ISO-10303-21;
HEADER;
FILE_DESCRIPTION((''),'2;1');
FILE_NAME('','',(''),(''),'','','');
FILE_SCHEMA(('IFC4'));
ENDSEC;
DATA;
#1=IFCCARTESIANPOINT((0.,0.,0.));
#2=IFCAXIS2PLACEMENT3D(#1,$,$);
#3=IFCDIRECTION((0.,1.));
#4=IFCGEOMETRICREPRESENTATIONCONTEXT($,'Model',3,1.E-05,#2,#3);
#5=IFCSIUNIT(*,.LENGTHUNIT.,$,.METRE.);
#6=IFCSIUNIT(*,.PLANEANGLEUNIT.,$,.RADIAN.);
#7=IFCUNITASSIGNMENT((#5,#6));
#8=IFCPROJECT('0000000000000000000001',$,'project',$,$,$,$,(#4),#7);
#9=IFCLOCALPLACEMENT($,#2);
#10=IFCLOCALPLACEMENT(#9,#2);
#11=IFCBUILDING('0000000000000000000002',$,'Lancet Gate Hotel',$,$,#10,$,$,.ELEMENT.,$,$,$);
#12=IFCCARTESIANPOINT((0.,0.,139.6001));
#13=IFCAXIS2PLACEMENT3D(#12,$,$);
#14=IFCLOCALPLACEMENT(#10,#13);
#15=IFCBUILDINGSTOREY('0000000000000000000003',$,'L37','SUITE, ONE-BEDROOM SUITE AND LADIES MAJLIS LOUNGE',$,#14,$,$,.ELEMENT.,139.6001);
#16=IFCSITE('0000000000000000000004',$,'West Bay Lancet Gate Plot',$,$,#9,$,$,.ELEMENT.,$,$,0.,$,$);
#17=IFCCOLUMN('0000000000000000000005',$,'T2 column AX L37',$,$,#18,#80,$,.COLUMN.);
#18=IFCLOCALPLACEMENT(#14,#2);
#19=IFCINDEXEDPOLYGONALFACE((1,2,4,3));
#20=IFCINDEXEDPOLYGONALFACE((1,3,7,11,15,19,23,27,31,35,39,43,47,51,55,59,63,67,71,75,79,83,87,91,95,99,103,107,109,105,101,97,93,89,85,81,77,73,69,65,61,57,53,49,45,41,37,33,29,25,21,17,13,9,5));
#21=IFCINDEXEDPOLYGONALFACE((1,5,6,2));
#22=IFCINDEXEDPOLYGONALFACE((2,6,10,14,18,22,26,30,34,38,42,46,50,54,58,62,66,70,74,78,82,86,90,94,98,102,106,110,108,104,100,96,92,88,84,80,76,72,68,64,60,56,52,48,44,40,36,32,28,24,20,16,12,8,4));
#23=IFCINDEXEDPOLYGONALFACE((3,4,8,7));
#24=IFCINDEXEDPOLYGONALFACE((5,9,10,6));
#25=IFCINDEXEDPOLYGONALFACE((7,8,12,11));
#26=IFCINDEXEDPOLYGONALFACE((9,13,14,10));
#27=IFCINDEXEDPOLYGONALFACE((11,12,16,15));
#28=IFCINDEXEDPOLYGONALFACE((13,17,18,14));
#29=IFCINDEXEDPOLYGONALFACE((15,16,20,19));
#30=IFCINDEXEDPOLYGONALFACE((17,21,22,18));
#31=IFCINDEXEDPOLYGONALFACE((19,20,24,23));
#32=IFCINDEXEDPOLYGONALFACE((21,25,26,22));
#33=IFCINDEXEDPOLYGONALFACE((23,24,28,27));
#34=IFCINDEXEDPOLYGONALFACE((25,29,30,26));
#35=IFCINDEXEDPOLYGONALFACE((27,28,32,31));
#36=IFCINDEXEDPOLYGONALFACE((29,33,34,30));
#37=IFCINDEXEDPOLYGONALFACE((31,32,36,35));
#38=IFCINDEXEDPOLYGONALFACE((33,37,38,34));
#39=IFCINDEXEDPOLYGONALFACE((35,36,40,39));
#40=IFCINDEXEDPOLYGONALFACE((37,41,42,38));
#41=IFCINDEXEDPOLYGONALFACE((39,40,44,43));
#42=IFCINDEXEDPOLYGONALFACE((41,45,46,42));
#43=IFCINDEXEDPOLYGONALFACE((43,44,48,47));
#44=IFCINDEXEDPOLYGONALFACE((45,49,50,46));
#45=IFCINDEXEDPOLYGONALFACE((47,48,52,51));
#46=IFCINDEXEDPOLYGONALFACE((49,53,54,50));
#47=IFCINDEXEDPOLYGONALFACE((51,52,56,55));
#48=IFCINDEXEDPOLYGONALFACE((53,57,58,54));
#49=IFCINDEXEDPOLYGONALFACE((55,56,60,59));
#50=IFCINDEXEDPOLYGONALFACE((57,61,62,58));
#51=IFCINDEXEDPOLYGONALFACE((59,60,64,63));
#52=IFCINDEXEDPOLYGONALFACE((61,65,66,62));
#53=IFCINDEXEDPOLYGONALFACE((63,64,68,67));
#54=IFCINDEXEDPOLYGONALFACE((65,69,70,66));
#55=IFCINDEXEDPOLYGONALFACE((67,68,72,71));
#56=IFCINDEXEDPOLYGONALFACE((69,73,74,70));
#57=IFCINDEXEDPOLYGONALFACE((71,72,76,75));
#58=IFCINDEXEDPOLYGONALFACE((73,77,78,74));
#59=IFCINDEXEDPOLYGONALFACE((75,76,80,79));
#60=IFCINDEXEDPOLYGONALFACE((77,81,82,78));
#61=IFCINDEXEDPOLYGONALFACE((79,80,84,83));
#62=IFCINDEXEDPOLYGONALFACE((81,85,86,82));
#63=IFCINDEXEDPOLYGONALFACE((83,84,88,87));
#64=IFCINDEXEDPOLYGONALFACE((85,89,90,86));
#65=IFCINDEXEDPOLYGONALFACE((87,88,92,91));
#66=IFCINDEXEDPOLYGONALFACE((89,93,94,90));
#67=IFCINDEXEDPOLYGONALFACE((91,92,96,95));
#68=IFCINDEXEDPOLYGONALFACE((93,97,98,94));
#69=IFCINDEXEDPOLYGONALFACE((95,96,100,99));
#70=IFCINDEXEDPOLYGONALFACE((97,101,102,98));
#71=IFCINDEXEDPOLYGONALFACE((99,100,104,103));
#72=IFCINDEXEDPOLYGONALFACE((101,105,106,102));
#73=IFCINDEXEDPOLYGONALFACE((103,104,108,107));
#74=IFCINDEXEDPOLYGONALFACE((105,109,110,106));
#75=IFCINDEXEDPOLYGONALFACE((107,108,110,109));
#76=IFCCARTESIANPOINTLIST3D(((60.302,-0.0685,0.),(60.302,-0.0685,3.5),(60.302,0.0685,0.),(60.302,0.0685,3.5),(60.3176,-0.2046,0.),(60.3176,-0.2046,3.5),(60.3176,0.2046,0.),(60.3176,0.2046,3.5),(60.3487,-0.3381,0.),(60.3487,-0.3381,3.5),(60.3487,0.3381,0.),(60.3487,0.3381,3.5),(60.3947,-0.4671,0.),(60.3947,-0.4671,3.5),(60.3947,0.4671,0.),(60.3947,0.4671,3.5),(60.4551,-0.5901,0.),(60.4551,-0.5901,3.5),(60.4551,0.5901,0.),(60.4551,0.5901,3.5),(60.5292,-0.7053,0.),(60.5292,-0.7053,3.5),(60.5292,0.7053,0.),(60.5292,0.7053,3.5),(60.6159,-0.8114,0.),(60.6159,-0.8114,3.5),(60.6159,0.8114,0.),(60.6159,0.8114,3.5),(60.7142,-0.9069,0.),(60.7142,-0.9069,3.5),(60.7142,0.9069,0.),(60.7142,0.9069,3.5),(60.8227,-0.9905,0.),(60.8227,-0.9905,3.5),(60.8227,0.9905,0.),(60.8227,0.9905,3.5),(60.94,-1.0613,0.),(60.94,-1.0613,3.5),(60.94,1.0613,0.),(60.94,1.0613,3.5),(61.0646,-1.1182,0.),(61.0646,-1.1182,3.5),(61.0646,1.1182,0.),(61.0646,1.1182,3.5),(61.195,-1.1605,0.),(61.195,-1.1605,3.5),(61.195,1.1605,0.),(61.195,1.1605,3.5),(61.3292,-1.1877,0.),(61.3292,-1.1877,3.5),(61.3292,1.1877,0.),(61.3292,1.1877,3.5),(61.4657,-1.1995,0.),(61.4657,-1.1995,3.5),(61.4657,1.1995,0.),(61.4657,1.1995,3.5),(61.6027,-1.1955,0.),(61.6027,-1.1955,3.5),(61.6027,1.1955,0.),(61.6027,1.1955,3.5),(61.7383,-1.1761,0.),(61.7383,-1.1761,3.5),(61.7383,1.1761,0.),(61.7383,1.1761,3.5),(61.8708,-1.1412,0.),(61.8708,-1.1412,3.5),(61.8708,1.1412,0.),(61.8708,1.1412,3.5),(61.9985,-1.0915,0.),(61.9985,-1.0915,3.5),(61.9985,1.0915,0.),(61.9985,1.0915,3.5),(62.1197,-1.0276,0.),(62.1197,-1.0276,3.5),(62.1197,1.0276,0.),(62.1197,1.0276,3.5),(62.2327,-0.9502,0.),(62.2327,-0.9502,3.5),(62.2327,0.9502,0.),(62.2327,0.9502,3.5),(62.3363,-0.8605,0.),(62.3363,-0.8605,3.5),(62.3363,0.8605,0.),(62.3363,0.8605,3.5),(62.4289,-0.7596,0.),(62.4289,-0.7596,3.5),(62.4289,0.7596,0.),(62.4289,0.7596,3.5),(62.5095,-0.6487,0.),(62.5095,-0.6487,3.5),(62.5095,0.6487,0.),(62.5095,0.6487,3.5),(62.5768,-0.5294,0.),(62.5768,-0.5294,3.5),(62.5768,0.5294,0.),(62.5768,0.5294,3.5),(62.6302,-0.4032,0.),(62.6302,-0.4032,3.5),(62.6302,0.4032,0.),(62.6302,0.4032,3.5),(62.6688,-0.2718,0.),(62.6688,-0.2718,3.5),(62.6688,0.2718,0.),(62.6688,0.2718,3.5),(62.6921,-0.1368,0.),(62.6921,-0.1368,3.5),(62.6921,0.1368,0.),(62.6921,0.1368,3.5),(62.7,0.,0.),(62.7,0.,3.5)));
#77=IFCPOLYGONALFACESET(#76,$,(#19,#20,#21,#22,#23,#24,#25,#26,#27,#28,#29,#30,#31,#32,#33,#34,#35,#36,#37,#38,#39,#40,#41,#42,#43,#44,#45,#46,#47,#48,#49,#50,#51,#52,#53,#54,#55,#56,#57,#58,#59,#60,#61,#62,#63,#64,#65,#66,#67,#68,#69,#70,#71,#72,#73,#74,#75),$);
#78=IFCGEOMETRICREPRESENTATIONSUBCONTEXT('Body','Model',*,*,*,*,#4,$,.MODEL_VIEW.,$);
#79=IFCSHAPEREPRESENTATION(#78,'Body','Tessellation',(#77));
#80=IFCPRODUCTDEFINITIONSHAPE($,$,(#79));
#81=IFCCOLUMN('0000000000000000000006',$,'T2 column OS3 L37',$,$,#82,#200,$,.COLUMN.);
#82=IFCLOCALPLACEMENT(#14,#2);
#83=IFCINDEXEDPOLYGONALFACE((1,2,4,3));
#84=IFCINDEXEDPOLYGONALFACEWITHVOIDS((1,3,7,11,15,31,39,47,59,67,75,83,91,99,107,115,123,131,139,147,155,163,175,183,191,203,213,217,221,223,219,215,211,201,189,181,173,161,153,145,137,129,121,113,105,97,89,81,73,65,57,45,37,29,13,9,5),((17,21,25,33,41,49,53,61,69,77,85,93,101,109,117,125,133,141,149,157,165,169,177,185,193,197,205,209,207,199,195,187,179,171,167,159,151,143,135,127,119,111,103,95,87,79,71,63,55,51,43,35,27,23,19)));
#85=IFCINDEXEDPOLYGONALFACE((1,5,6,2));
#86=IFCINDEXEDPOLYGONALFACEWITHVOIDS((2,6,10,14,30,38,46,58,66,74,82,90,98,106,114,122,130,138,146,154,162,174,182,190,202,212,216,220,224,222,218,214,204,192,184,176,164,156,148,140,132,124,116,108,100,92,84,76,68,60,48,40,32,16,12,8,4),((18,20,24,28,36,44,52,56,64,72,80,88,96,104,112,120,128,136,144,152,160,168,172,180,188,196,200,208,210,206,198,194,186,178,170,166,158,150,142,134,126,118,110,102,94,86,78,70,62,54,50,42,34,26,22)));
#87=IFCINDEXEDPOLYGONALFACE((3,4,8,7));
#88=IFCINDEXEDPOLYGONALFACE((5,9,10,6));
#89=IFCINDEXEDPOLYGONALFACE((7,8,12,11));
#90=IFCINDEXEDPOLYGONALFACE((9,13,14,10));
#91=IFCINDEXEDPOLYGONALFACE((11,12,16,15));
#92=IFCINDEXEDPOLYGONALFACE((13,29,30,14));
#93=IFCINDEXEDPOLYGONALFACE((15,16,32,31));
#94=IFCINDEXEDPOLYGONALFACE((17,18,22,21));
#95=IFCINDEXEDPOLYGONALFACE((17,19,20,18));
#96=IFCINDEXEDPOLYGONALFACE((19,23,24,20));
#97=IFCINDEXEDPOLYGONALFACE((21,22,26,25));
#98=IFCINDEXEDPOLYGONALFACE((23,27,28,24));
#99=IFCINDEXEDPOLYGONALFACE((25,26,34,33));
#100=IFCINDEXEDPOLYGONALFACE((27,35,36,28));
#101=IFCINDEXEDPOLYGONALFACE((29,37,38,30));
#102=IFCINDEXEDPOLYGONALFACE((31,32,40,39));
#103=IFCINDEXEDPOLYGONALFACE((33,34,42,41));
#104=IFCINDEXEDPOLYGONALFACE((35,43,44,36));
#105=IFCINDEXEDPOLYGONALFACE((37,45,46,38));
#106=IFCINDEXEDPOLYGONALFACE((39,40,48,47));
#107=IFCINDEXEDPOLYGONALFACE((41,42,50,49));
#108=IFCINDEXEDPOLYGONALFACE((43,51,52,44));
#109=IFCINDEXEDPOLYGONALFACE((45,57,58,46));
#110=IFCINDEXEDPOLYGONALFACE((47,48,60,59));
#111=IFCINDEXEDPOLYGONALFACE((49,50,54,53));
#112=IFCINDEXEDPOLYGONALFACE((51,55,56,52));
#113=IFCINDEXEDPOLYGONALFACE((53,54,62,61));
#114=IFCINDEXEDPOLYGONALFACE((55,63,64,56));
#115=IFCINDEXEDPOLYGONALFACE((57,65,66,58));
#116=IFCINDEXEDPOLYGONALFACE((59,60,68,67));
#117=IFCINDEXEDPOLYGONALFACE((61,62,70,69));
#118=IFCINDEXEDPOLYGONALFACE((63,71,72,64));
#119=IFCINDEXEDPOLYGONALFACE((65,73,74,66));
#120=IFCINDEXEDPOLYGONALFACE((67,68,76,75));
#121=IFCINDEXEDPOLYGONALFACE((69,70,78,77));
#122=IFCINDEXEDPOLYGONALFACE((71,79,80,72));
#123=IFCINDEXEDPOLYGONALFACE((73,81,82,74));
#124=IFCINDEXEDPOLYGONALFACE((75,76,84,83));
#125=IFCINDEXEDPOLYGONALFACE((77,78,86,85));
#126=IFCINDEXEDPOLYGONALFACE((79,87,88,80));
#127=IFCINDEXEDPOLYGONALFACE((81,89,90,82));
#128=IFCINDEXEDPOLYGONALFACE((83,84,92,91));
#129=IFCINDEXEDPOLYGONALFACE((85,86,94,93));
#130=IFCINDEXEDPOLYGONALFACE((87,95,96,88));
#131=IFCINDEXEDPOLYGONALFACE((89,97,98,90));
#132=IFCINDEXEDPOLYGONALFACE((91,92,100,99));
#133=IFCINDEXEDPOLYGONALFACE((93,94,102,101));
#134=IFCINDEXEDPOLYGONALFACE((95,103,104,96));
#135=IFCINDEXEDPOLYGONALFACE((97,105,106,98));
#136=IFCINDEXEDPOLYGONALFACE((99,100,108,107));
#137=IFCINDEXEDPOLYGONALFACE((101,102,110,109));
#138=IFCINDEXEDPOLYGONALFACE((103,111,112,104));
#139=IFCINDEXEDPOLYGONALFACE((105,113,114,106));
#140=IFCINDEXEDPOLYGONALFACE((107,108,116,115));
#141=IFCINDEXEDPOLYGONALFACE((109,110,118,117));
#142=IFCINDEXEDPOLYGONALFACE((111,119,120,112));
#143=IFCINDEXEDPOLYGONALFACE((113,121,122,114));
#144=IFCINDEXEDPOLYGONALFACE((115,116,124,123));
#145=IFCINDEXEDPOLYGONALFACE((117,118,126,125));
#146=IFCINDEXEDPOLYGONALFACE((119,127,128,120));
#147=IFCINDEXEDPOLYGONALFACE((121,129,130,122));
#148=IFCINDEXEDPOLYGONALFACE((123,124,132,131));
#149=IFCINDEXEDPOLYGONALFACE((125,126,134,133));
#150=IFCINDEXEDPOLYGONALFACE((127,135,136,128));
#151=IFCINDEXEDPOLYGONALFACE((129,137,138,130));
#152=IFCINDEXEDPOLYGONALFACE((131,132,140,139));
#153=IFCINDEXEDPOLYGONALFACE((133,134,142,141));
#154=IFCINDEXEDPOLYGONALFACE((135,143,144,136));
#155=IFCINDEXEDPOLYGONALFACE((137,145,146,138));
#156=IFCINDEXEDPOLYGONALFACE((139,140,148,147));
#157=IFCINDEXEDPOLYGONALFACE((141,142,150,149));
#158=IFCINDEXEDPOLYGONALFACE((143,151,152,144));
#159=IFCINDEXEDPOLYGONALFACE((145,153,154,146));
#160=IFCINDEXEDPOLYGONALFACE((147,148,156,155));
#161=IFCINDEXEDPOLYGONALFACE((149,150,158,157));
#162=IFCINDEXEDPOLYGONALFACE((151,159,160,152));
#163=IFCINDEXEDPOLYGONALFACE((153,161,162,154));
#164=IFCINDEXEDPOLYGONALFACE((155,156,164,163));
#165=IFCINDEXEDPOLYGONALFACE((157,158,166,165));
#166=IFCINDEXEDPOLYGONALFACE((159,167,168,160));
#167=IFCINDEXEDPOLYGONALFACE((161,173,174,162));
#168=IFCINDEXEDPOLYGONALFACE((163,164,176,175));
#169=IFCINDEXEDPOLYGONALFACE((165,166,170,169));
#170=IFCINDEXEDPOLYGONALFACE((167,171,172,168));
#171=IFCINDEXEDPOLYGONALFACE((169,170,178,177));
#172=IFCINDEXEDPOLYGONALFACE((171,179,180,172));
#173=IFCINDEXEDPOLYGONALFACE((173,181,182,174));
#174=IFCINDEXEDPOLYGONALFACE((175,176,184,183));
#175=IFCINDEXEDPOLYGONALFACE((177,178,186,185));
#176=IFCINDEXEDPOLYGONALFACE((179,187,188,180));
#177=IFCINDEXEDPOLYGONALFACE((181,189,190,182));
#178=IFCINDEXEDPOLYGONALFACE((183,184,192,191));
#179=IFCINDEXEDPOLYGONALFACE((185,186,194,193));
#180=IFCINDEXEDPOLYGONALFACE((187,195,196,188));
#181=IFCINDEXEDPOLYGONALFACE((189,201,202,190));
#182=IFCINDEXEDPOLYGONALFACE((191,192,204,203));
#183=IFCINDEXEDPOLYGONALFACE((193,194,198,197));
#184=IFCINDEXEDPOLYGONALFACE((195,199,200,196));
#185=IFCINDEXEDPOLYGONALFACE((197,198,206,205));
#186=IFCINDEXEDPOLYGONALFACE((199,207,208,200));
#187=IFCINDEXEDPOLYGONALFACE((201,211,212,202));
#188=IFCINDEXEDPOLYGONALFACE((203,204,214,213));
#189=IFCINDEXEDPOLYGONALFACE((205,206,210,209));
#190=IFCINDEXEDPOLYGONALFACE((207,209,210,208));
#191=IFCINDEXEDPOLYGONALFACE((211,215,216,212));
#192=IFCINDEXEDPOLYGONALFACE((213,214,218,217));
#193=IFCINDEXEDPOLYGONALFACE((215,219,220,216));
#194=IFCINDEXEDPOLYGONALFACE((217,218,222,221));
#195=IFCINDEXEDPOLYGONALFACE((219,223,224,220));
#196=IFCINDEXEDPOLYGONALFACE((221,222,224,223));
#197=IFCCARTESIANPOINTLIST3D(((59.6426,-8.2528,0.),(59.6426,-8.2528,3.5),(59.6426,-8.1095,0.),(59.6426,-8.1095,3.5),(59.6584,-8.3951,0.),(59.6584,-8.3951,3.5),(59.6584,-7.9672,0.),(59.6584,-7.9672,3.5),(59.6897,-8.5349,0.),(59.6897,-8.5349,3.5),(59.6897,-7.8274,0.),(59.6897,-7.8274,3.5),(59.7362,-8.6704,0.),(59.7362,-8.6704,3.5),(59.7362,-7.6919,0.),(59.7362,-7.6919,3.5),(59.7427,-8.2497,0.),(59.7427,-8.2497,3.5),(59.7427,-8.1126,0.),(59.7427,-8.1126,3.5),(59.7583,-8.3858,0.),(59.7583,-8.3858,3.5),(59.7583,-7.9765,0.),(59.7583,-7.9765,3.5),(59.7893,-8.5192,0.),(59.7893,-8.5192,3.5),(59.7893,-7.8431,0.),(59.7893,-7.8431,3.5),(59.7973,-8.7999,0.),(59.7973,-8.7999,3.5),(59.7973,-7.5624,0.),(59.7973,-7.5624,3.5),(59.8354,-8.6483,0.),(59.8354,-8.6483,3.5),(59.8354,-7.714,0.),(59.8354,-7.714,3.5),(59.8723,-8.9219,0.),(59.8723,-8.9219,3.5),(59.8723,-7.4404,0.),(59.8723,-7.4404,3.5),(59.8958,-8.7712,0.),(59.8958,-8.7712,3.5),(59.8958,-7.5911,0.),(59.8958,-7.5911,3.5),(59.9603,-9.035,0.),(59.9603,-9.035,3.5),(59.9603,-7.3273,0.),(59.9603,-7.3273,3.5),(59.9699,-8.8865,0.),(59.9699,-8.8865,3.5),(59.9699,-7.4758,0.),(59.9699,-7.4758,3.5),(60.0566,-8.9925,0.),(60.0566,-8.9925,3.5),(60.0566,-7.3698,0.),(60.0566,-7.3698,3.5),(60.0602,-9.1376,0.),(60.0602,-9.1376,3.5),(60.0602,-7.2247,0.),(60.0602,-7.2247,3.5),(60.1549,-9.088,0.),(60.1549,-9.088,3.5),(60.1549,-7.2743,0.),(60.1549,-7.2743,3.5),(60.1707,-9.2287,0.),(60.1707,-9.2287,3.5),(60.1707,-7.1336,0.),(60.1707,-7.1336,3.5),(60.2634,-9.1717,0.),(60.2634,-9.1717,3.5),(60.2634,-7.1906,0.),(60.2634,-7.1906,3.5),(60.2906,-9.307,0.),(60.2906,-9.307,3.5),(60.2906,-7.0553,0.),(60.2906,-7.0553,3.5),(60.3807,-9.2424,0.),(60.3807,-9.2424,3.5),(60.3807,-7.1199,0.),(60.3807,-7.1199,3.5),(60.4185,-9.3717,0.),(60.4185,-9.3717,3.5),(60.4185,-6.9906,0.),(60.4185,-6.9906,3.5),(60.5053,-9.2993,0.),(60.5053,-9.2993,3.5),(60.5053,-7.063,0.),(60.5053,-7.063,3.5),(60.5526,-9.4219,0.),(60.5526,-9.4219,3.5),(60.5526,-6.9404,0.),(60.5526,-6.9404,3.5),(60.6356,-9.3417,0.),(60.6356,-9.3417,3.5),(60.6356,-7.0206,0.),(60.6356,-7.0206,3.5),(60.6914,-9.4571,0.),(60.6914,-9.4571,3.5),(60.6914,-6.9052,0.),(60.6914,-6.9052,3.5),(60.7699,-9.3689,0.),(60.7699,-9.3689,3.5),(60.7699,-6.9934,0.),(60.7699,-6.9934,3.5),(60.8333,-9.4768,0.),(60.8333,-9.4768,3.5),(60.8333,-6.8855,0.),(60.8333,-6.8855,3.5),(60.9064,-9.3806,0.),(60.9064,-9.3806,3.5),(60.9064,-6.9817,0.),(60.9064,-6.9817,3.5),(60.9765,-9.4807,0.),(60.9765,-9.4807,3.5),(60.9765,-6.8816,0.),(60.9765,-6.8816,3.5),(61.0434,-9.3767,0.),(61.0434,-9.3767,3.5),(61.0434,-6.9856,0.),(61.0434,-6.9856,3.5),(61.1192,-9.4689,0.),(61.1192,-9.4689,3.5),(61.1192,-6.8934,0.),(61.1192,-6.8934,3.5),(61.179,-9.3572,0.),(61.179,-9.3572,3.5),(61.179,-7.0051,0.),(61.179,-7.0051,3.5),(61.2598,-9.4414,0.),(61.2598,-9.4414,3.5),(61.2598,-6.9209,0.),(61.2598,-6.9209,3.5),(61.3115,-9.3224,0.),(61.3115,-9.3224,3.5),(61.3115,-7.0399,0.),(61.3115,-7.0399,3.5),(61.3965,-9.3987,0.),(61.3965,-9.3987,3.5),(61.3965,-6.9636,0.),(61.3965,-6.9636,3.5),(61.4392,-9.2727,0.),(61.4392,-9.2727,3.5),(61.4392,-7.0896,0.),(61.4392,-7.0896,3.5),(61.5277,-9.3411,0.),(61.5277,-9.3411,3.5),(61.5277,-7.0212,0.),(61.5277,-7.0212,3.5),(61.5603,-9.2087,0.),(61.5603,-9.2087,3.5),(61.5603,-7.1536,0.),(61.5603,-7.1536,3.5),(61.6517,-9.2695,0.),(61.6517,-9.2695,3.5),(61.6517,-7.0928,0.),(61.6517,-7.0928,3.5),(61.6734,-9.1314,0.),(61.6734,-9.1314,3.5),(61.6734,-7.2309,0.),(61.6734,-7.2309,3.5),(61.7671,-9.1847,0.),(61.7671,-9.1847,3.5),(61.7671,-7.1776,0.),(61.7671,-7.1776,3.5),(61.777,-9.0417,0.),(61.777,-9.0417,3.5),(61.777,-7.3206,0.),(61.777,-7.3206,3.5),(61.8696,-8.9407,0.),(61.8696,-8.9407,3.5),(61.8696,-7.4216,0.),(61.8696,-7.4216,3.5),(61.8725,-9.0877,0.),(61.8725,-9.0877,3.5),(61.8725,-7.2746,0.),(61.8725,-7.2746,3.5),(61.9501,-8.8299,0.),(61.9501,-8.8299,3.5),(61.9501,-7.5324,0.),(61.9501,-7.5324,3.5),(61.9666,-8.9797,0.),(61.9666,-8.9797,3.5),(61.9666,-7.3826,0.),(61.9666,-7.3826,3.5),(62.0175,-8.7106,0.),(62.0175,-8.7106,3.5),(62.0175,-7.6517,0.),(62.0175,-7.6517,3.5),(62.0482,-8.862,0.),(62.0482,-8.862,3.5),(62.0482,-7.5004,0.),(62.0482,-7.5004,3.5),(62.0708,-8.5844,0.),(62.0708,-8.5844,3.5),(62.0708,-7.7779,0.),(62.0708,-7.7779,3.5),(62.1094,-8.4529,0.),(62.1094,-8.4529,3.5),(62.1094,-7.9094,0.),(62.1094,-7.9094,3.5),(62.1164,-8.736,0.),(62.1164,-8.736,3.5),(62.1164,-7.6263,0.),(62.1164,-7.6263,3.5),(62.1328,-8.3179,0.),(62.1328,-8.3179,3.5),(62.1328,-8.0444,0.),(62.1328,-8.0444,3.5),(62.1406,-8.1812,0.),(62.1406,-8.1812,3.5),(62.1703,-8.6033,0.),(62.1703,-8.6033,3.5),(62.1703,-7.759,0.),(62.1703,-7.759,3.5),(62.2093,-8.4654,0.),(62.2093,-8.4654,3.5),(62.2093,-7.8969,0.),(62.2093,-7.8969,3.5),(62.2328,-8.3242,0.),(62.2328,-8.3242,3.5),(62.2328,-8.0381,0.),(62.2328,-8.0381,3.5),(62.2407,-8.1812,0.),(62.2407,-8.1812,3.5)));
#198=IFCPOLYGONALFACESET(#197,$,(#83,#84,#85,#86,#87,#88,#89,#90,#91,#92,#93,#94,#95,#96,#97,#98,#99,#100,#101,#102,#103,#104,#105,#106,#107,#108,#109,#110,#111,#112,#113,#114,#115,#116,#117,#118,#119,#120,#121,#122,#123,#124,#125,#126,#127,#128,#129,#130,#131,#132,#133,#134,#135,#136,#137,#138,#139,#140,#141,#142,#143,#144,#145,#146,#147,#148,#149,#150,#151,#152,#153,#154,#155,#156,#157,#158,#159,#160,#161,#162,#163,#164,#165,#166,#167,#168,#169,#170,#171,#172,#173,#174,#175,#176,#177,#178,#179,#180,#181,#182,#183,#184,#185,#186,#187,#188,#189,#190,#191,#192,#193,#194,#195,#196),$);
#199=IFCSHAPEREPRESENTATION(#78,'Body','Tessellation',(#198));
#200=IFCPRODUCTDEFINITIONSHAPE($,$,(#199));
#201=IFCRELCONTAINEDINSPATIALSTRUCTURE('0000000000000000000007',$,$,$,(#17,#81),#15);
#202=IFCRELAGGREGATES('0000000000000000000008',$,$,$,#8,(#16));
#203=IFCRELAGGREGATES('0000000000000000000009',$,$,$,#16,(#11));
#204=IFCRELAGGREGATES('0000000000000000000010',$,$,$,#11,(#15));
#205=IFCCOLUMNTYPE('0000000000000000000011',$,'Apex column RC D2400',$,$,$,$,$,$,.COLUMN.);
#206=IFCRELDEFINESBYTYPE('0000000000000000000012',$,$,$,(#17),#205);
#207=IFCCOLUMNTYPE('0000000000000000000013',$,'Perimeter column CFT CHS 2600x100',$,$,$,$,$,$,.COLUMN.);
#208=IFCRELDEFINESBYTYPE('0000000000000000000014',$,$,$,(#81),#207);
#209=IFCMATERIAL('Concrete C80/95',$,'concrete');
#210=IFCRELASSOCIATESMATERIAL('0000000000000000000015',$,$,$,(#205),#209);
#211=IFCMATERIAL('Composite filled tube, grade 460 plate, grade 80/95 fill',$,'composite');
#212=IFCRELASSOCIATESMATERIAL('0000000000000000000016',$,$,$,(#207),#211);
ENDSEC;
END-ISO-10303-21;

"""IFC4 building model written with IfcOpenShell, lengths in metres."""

from ifc_helpers import new_model, si_unit, direction, frame, origin, origin_2d, place, context, subcontext, project, spatial, circle, hollow_circle, extrude, material, material_profile, profile_set, type_object, element, save


model = new_model("IFC4")

# Units and contexts
model_context = context("Model", 3, precision=1e-05, world=origin(), true_north=direction((0.0, 1.0)))
body_context = subcontext(model_context, "Body", "Model", "MODEL_VIEW")
ifc_project = project(units=[si_unit("LENGTHUNIT", "METRE"), si_unit("PLANEANGLEUNIT", "RADIAN")], contexts=[model_context])

# Site, building, storey
site_placement = place(None, origin())
site = spatial("IfcSite", under=ifc_project, at=site_placement, Name="West Bay Lancet Gate Plot", CompositionType="ELEMENT", RefElevation=0.0)
building_placement = place(site_placement, origin())
building = spatial("IfcBuilding", under=site, at=building_placement, Name="Lancet Gate Hotel", CompositionType="ELEMENT")
storey_placement = place(building_placement, frame((0.0, 0.0, 139.6001)))
storey = spatial("IfcBuildingStorey", under=building, at=storey_placement, Name="L37", Description="SUITE, ONE-BEDROOM SUITE AND LADIES MAJLIS LOUNGE", CompositionType="ELEMENT", Elevation=139.6001)

# Columns
ifc_material_1 = material(Name="Concrete C80/95", Category="concrete")
ifc_material_profile_1 = material_profile(ifc_material_1, circle(Radius=1.2, at=origin_2d()), Name="RC D2400")
ifc_profile_set_1 = profile_set([ifc_material_profile_1], Name="Concrete C80/95")
column_type_1 = type_object("IfcColumnType", Name="Apex column RC D2400", PredefinedType="COLUMN", material=ifc_profile_set_1)
column_1_placement = place(storey_placement, frame((61.5, 0.0, 0.0), z_axis=(0.0, 0.0, 1.0), x_axis=(1.0, 0.0, 0.0)))
element("IfcColumn", 1, at=column_1_placement, inside=storey, type_object=column_type_1, Name="T2 column AX L37", PredefinedType="COLUMN", context=body_context, shape_type="SweptSolid", body=[
    extrude(circle(Radius=1.2, at=origin_2d()), origin(), (0.0, 0.0, 1.0), 3.5),
])
ifc_material_2 = material(Name="Composite filled tube, grade 460 plate, grade 80/95 fill", Category="composite")
ifc_material_profile_2 = material_profile(ifc_material_2, hollow_circle(Radius=1.3, WallThickness=0.1001, at=origin_2d()), Name="CHS 2600x100")
ifc_profile_set_2 = profile_set([ifc_material_profile_2], Name="Composite filled tube, grade 460 plate, grade 80/95 fill")
column_type_2 = type_object("IfcColumnType", Name="Perimeter column CFT CHS 2600x100", PredefinedType="COLUMN", material=ifc_profile_set_2)
column_2_placement = place(storey_placement, frame((60.9407, -8.1812, 0.0), z_axis=(0.0, 0.0, 1.0), x_axis=(1.0, 0.0, 0.0)))
element("IfcColumn", 2, at=column_2_placement, inside=storey, type_object=column_type_2, Name="T2 column OS3 L37", PredefinedType="COLUMN", context=body_context, shape_type="SweptSolid", body=[
    extrude(hollow_circle(Radius=1.3, WallThickness=0.1001, at=origin_2d()), origin(), (0.0, 0.0, 1.0), 3.5),
])

save(model, "model.ifc")
